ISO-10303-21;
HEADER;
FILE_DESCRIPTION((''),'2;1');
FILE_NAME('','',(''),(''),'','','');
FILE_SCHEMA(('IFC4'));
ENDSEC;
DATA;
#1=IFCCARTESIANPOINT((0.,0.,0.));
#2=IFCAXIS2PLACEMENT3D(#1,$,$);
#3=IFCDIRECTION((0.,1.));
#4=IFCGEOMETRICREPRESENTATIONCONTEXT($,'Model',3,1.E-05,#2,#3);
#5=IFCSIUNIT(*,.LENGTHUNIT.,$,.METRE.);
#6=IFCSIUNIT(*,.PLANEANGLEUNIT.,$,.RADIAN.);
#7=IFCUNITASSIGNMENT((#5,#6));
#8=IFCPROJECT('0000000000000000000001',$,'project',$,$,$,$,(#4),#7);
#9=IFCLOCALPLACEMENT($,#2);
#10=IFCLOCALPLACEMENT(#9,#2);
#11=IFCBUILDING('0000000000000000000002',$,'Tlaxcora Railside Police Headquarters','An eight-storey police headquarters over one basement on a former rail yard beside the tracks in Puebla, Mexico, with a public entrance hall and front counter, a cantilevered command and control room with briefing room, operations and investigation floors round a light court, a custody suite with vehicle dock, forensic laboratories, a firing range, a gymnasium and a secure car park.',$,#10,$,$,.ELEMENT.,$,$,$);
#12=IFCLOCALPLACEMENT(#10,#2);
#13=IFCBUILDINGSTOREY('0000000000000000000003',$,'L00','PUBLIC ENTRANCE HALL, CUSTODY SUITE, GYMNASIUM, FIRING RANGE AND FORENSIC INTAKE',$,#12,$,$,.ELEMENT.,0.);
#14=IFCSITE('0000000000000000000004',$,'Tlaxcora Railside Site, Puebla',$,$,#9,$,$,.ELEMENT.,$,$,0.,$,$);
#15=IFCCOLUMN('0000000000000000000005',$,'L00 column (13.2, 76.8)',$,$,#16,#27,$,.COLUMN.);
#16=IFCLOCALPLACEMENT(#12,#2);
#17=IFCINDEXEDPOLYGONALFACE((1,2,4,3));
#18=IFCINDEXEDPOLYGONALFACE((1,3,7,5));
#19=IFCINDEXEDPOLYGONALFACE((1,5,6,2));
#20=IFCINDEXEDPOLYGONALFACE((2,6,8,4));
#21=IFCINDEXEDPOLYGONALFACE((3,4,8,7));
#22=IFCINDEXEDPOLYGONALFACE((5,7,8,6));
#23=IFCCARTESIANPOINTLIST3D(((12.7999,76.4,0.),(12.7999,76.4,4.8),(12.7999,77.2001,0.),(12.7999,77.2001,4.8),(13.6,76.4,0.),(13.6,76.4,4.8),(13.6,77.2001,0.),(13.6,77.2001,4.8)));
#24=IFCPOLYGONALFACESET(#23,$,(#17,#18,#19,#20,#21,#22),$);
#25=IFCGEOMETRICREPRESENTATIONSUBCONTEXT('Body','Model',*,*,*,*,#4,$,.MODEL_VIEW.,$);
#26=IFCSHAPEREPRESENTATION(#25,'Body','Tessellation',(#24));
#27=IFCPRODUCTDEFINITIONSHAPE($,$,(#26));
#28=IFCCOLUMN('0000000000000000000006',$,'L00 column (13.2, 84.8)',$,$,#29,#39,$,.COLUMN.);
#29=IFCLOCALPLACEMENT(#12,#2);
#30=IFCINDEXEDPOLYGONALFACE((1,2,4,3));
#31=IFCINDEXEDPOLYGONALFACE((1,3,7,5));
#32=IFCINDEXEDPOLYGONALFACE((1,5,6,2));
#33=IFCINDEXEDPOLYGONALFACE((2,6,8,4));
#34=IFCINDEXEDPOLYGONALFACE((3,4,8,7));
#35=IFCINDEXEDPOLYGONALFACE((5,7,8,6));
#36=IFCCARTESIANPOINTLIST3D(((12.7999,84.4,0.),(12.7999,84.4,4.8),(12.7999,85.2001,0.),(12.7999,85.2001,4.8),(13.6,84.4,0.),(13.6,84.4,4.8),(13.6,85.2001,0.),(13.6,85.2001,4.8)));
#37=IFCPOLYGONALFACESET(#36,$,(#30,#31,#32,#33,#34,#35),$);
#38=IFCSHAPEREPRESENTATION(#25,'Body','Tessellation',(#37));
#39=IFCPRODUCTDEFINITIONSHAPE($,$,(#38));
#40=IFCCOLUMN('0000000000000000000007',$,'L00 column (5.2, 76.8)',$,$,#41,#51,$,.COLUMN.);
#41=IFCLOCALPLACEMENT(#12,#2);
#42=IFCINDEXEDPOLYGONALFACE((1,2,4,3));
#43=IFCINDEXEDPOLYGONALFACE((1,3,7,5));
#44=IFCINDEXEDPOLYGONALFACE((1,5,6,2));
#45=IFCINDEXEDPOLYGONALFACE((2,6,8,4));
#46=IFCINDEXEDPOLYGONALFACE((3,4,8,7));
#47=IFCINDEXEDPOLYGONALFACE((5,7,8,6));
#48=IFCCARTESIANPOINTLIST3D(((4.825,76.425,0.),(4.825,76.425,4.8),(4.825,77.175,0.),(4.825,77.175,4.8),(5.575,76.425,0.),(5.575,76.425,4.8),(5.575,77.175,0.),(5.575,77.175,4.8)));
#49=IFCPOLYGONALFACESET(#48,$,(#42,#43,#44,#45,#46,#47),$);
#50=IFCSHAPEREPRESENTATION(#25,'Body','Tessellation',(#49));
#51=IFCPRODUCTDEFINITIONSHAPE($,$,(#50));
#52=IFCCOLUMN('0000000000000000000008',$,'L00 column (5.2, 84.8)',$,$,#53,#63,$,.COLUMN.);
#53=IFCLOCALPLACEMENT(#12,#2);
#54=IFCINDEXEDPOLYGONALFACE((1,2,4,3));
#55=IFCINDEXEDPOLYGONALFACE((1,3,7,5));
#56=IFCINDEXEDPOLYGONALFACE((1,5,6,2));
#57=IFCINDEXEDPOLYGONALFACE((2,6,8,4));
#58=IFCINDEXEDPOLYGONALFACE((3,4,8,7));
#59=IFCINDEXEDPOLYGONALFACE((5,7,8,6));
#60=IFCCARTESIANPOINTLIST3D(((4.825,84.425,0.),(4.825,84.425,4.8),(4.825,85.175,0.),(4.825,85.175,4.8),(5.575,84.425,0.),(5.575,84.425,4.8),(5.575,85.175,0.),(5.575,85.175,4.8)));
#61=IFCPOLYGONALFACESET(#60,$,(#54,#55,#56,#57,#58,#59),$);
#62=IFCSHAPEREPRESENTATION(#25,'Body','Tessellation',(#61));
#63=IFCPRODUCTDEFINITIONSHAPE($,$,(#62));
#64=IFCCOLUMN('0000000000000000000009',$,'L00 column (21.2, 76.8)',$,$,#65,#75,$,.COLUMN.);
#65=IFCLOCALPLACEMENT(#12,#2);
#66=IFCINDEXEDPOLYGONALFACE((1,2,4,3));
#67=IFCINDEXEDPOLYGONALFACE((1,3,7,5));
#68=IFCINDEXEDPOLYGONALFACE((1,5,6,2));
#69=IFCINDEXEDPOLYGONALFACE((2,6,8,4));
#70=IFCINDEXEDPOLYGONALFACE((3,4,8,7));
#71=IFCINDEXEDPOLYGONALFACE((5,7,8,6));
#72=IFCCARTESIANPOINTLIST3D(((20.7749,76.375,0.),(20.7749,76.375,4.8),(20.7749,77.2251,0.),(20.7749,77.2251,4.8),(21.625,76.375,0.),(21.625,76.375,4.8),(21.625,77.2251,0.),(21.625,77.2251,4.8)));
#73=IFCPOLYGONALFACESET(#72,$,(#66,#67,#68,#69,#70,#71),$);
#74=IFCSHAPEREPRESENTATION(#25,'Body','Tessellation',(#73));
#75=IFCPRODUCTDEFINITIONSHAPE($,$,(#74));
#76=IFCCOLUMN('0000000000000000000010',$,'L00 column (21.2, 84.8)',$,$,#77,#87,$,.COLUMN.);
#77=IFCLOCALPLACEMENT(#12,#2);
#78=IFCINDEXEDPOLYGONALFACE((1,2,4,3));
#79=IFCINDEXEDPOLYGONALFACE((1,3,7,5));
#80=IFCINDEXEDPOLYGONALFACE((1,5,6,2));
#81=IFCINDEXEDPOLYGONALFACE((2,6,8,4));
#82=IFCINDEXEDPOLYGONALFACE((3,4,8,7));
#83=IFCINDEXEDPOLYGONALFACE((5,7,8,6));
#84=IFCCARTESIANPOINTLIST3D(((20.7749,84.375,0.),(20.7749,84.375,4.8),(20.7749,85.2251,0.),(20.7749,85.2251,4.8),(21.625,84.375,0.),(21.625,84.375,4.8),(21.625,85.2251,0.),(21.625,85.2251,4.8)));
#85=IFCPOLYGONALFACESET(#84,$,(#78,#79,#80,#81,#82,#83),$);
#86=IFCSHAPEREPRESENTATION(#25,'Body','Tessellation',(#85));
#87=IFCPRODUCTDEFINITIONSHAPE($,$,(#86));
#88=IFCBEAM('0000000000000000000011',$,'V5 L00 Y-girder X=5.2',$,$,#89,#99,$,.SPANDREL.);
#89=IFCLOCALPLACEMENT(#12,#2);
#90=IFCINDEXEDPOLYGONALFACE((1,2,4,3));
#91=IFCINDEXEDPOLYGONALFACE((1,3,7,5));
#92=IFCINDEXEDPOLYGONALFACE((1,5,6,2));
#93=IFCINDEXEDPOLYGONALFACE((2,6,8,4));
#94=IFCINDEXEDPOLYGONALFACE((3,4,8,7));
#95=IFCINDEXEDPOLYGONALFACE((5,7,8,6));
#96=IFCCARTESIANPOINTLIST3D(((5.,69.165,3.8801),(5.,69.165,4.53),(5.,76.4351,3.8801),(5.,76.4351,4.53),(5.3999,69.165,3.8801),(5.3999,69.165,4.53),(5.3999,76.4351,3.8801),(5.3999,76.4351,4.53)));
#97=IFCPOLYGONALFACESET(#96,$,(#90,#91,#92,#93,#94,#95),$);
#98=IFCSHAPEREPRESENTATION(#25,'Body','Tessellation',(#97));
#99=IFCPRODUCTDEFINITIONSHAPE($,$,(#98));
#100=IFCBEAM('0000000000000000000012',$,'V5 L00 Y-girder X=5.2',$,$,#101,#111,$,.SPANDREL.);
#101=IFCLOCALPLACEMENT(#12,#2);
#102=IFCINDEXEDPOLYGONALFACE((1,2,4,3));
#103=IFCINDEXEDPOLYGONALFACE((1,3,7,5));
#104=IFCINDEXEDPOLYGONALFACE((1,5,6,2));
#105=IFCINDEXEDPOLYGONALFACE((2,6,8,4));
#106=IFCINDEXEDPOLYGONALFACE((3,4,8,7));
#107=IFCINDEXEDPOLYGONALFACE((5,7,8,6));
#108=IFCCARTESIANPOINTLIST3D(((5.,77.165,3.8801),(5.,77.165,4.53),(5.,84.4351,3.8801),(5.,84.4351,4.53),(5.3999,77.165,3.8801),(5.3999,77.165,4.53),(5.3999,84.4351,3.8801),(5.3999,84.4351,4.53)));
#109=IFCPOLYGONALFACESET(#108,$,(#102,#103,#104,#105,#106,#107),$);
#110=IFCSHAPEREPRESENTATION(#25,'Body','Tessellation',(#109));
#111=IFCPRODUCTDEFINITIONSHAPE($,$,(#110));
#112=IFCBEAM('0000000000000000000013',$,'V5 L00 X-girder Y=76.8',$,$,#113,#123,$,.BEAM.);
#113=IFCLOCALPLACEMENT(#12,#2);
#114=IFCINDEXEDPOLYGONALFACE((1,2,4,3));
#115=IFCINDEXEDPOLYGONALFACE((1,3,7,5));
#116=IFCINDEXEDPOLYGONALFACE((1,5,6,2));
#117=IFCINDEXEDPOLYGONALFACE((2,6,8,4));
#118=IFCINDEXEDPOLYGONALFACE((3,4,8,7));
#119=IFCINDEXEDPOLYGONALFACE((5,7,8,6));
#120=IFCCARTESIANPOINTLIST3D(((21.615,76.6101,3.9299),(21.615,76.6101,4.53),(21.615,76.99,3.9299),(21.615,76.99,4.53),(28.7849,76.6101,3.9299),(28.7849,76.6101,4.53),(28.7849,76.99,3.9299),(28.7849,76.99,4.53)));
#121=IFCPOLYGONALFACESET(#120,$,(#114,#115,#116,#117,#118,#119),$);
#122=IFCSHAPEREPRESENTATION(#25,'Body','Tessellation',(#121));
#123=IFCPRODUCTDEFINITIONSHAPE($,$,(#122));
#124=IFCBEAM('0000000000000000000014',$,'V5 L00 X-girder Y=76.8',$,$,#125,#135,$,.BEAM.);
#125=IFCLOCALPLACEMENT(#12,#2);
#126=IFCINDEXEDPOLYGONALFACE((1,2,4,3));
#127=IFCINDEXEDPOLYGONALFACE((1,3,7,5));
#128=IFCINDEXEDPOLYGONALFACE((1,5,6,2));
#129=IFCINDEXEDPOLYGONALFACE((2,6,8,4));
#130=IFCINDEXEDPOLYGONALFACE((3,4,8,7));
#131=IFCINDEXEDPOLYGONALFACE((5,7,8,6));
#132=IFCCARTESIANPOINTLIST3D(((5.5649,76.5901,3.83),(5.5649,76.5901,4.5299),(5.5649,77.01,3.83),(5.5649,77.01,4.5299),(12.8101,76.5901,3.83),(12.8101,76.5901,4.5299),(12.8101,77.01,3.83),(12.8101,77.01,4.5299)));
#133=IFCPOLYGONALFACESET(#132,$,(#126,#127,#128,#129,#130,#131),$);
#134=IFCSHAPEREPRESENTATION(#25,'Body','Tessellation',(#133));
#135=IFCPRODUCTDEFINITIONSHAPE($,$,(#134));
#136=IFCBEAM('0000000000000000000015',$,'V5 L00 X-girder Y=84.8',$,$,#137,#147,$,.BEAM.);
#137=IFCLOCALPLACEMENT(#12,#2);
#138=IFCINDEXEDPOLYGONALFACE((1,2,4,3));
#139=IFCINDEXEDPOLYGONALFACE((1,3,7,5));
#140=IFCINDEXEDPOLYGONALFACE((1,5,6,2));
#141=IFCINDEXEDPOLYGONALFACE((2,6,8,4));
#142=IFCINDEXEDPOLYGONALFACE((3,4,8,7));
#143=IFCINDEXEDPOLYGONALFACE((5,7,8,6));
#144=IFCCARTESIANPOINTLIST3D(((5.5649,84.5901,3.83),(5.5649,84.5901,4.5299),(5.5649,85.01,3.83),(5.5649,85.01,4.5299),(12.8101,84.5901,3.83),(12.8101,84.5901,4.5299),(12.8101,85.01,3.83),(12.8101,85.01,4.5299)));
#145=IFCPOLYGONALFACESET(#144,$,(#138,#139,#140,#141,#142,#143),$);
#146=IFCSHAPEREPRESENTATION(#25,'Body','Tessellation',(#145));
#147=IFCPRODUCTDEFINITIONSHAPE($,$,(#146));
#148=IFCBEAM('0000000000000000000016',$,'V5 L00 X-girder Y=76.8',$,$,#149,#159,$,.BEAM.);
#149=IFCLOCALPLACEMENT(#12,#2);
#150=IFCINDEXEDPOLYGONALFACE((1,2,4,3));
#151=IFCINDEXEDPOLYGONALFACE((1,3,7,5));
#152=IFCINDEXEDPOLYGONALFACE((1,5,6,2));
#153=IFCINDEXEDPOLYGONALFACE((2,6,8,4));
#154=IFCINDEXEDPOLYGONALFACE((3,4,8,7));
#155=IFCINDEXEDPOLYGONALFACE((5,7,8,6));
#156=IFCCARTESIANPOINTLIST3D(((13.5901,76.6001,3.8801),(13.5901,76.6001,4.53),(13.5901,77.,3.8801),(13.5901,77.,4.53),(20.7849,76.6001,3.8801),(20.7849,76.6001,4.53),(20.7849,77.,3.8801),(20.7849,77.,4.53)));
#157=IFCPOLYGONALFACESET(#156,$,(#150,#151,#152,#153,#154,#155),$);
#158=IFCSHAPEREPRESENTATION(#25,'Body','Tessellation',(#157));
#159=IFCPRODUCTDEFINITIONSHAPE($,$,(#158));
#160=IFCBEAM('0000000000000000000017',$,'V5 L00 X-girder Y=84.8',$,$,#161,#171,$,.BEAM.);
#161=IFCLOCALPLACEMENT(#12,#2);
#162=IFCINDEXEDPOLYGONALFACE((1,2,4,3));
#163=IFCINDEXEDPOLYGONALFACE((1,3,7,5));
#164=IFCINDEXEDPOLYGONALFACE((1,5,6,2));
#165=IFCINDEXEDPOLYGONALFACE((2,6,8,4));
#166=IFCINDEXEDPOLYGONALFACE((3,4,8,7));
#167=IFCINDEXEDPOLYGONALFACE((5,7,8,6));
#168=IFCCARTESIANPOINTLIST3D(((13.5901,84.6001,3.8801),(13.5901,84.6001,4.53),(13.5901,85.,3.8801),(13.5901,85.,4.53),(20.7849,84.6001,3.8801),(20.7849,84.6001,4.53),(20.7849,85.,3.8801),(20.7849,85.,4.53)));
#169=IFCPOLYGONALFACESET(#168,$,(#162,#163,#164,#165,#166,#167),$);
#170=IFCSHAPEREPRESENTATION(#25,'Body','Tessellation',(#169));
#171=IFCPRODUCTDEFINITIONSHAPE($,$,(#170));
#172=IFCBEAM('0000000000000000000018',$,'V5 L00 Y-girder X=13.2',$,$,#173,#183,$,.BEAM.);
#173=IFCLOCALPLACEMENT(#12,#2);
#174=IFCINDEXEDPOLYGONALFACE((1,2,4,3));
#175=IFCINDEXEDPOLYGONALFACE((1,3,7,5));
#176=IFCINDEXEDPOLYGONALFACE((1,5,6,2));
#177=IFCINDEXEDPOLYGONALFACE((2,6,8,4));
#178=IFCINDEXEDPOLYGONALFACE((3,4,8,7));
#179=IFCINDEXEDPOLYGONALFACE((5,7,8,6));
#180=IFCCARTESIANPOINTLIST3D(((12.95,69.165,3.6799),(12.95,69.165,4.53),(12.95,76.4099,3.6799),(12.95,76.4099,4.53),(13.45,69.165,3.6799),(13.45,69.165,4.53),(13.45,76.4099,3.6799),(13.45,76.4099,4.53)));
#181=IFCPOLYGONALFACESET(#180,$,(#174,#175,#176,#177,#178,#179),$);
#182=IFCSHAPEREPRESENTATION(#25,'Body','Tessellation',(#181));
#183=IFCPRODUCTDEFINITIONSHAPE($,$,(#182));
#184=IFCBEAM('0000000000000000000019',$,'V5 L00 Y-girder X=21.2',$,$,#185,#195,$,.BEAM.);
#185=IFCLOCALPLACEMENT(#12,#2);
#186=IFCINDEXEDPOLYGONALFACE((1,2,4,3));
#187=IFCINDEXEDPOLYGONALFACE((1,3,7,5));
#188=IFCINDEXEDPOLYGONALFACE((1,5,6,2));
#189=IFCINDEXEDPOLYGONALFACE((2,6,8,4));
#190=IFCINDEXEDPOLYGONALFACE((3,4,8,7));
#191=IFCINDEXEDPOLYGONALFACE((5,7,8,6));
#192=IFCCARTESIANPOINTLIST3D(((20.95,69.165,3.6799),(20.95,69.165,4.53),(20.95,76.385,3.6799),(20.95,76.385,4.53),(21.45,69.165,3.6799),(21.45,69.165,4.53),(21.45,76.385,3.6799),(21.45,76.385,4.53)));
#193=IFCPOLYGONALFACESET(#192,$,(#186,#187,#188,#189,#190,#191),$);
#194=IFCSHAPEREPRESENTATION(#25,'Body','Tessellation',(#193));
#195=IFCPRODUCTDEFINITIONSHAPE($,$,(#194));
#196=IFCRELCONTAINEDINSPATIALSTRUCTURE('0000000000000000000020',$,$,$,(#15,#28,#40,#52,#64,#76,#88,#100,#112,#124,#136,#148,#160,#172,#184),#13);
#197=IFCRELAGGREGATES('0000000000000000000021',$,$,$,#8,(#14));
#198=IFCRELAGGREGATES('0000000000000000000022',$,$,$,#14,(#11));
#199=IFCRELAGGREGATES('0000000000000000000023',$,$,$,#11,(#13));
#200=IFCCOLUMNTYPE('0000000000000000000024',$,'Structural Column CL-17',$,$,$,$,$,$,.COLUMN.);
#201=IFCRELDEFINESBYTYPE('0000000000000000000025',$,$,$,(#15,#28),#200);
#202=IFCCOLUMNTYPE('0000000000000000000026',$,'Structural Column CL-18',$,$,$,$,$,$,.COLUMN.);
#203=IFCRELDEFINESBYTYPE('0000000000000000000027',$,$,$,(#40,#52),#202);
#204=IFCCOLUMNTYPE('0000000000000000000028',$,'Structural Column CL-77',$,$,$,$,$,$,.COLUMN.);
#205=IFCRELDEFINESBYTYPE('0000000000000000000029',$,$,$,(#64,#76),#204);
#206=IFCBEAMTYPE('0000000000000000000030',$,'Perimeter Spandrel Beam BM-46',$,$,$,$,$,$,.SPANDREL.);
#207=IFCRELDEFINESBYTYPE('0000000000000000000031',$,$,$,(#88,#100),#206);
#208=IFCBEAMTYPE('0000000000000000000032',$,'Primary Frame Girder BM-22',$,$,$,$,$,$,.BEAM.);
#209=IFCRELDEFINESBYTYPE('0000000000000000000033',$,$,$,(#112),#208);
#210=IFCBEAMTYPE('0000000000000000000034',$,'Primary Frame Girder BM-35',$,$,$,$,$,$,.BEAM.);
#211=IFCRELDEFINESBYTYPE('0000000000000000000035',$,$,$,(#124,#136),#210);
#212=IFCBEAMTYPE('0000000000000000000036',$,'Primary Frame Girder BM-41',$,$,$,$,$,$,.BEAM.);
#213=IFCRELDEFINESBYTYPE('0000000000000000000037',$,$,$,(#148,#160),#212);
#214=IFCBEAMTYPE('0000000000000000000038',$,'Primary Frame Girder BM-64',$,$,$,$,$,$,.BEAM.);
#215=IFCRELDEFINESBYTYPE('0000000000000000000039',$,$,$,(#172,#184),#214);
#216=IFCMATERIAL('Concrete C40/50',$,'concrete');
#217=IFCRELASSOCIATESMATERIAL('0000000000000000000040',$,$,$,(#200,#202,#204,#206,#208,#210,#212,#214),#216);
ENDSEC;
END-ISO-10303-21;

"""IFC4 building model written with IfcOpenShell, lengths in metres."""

from ifc_helpers import new_model, si_unit, direction, frame, origin, origin_2d, place, context, subcontext, project, spatial, rectangle, extrude, material, material_profile, profile_set, type_object, element, save


model = new_model("IFC4")

# Units and contexts
model_context = context("Model", 3, precision=1e-05, world=origin(), true_north=direction((0.0, 1.0)))
body_context = subcontext(model_context, "Body", "Model", "MODEL_VIEW")
ifc_project = project(units=[si_unit("LENGTHUNIT", "METRE"), si_unit("PLANEANGLEUNIT", "RADIAN")], contexts=[model_context])

# Site, building, storey
site_placement = place(None, origin())
site = spatial("IfcSite", under=ifc_project, at=site_placement, Name="Tlaxcora Railside Site, Puebla", CompositionType="ELEMENT", RefElevation=0.0)
building_placement = place(site_placement, origin())
building = spatial("IfcBuilding", under=site, at=building_placement, Name="Tlaxcora Railside Police Headquarters", Description="An eight-storey police headquarters over one basement on a former rail yard beside the tracks in Puebla, Mexico, with a public entrance hall and front counter, a cantilevered command and control room with briefing room, operations and investigation floors round a light court, a custody suite with vehicle dock, forensic laboratories, a firing range, a gymnasium and a secure car park.", CompositionType="ELEMENT")
storey_placement = place(building_placement, origin())
storey = spatial("IfcBuildingStorey", under=building, at=storey_placement, Name="L00", Description="PUBLIC ENTRANCE HALL, CUSTODY SUITE, GYMNASIUM, FIRING RANGE AND FORENSIC INTAKE", CompositionType="ELEMENT", Elevation=0.0)

# Columns
ifc_material_1 = material(Name="Concrete C40/50", Category="concrete")
ifc_material_profile_1 = material_profile(ifc_material_1, rectangle(XDim=0.8, YDim=0.8, at=origin_2d()), Name="RC800X800")
ifc_profile_set_1 = profile_set([ifc_material_profile_1], Name="Concrete C40/50")
column_type_1 = type_object("IfcColumnType", Name="Structural Column CL-17", PredefinedType="COLUMN", material=ifc_profile_set_1)
for number, where, z_axis, x_axis, name in (
    (1, (13.2, 76.8, 0.0), (0.0, 0.0, 1.0), (1.0, 0.0, 0.0), "L00 column (13.2, 76.8)"),
    (2, (13.2, 84.8, 0.0), (0.0, 0.0, 1.0), (1.0, 0.0, 0.0), "L00 column (13.2, 84.8)"),
):
    element("IfcColumn", number, at=place(storey_placement, frame(where, z_axis=z_axis, x_axis=x_axis)), inside=storey, type_object=column_type_1, Name=name, PredefinedType="COLUMN", context=body_context, shape_type="SweptSolid", body=[
        extrude(rectangle(XDim=0.8, YDim=0.8, at=origin_2d()), origin(), (0.0, 0.0, 1.0), 4.8),
    ])
ifc_material_profile_2 = material_profile(ifc_material_1, rectangle(XDim=0.75, YDim=0.75, at=origin_2d()), Name="RC750X750")
ifc_profile_set_2 = profile_set([ifc_material_profile_2], Name="Concrete C40/50")
column_type_2 = type_object("IfcColumnType", Name="Structural Column CL-18", PredefinedType="COLUMN", material=ifc_profile_set_2)
for number, where, z_axis, x_axis, name in (
    (3, (5.2, 76.8, 0.0), (0.0, 0.0, 1.0), (1.0, 0.0, 0.0), "L00 column (5.2, 76.8)"),
    (4, (5.2, 84.8, 0.0), (0.0, 0.0, 1.0), (1.0, 0.0, 0.0), "L00 column (5.2, 84.8)"),
):
    element("IfcColumn", number, at=place(storey_placement, frame(where, z_axis=z_axis, x_axis=x_axis)), inside=storey, type_object=column_type_2, Name=name, PredefinedType="COLUMN", context=body_context, shape_type="SweptSolid", body=[
        extrude(rectangle(XDim=0.75, YDim=0.75, at=origin_2d()), origin(), (0.0, 0.0, 1.0), 4.8),
    ])
ifc_material_profile_3 = material_profile(ifc_material_1, rectangle(XDim=0.8501, YDim=0.8501, at=origin_2d()), Name="RC850X850")
ifc_profile_set_3 = profile_set([ifc_material_profile_3], Name="Concrete C40/50")
column_type_3 = type_object("IfcColumnType", Name="Structural Column CL-77", PredefinedType="COLUMN", material=ifc_profile_set_3)
for number, where, z_axis, x_axis, name in (
    (5, (21.2, 76.8, 0.0), (0.0, 0.0, 1.0), (1.0, 0.0, 0.0), "L00 column (21.2, 76.8)"),
    (6, (21.2, 84.8, 0.0), (0.0, 0.0, 1.0), (1.0, 0.0, 0.0), "L00 column (21.2, 84.8)"),
):
    element("IfcColumn", number, at=place(storey_placement, frame(where, z_axis=z_axis, x_axis=x_axis)), inside=storey, type_object=column_type_3, Name=name, PredefinedType="COLUMN", context=body_context, shape_type="SweptSolid", body=[
        extrude(rectangle(XDim=0.8501, YDim=0.8501, at=origin_2d()), origin(), (0.0, 0.0, 1.0), 4.8),
    ])

# Beams
ifc_material_profile_4 = material_profile(ifc_material_1, rectangle(XDim=0.3999, YDim=0.6499, at=origin_2d()), Name="RC400X650")
ifc_profile_set_4 = profile_set([ifc_material_profile_4], Name="Concrete C40/50")
beam_type_1 = type_object("IfcBeamType", Name="Perimeter Spandrel Beam BM-46", PredefinedType="SPANDREL", material=ifc_profile_set_4)
for number, where, z_axis, x_axis, name in (
    (7, (5.2, 69.165, 4.2051), (0.0, 1.0, 0.0), (-1.0, 0.0, 0.0), "V5 L00 Y-girder X=5.2"),
    (8, (5.2, 77.165, 4.2051), (0.0, 1.0, 0.0), (-1.0, 0.0, 0.0), "V5 L00 Y-girder X=5.2"),
):
    element("IfcBeam", number, at=place(storey_placement, frame(where, z_axis=z_axis, x_axis=x_axis)), inside=storey, type_object=beam_type_1, Name=name, PredefinedType="SPANDREL", context=body_context, shape_type="SweptSolid", body=[
        extrude(rectangle(XDim=0.3999, YDim=0.6499, at=origin_2d()), origin(), (0.0, 0.0, 1.0), 7.27),
    ])
ifc_material_profile_5 = material_profile(ifc_material_1, rectangle(XDim=0.3799, YDim=0.6001, at=origin_2d()), Name="RC380X600")
ifc_profile_set_5 = profile_set([ifc_material_profile_5], Name="Concrete C40/50")
beam_type_2 = type_object("IfcBeamType", Name="Primary Frame Girder BM-22", PredefinedType="BEAM", material=ifc_profile_set_5)
beam_1_placement = place(storey_placement, frame((21.615, 76.8, 4.23), z_axis=(1.0, 0.0, 0.0), x_axis=(0.0, 1.0, 0.0)))
element("IfcBeam", 9, at=beam_1_placement, inside=storey, type_object=beam_type_2, Name="V5 L00 X-girder Y=76.8", PredefinedType="BEAM", context=body_context, shape_type="SweptSolid", body=[
    extrude(rectangle(XDim=0.3799, YDim=0.6001, at=origin_2d()), origin(), (0.0, 0.0, 1.0), 7.1699),
])
ifc_material_profile_6 = material_profile(ifc_material_1, rectangle(XDim=0.4199, YDim=0.7, at=origin_2d()), Name="RC420X700")
ifc_profile_set_6 = profile_set([ifc_material_profile_6], Name="Concrete C40/50")
beam_type_3 = type_object("IfcBeamType", Name="Primary Frame Girder BM-35", PredefinedType="BEAM", material=ifc_profile_set_6)
for number, where, z_axis, x_axis, name in (
    (10, (5.5649, 76.8, 4.1799), (1.0, 0.0, 0.0), (0.0, 1.0, 0.0), "V5 L00 X-girder Y=76.8"),
    (11, (5.5649, 84.8, 4.1799), (1.0, 0.0, 0.0), (0.0, 1.0, 0.0), "V5 L00 X-girder Y=84.8"),
):
    element("IfcBeam", number, at=place(storey_placement, frame(where, z_axis=z_axis, x_axis=x_axis)), inside=storey, type_object=beam_type_3, Name=name, PredefinedType="BEAM", context=body_context, shape_type="SweptSolid", body=[
        extrude(rectangle(XDim=0.4199, YDim=0.7, at=origin_2d()), origin(), (0.0, 0.0, 1.0), 7.2451),
    ])
ifc_material_profile_7 = material_profile(ifc_material_1, rectangle(XDim=0.3999, YDim=0.6499, at=origin_2d()), Name="RC400X650")
ifc_profile_set_7 = profile_set([ifc_material_profile_7], Name="Concrete C40/50")
beam_type_4 = type_object("IfcBeamType", Name="Primary Frame Girder BM-41", PredefinedType="BEAM", material=ifc_profile_set_7)
for number, where, z_axis, x_axis, name in (
    (12, (13.5901, 76.8, 4.2051), (1.0, 0.0, 0.0), (0.0, 1.0, 0.0), "V5 L00 X-girder Y=76.8"),
    (13, (13.5901, 84.8, 4.2051), (1.0, 0.0, 0.0), (0.0, 1.0, 0.0), "V5 L00 X-girder Y=84.8"),
):
    element("IfcBeam", number, at=place(storey_placement, frame(where, z_axis=z_axis, x_axis=x_axis)), inside=storey, type_object=beam_type_4, Name=name, PredefinedType="BEAM", context=body_context, shape_type="SweptSolid", body=[
        extrude(rectangle(XDim=0.3999, YDim=0.6499, at=origin_2d()), origin(), (0.0, 0.0, 1.0), 7.1948),
    ])
ifc_material_profile_8 = material_profile(ifc_material_1, rectangle(XDim=0.5, YDim=0.8501, at=origin_2d()), Name="RC500X850")
ifc_profile_set_8 = profile_set([ifc_material_profile_8], Name="Concrete C40/50")
beam_type_5 = type_object("IfcBeamType", Name="Primary Frame Girder BM-64", PredefinedType="BEAM", material=ifc_profile_set_8)
beam_2_placement = place(storey_placement, frame((13.2, 69.165, 4.105), z_axis=(0.0, 1.0, 0.0), x_axis=(-1.0, 0.0, 0.0)))
element("IfcBeam", 14, at=beam_2_placement, inside=storey, type_object=beam_type_5, Name="V5 L00 Y-girder X=13.2", PredefinedType="BEAM", context=body_context, shape_type="SweptSolid", body=[
    extrude(rectangle(XDim=0.5, YDim=0.8501, at=origin_2d()), origin(), (0.0, 0.0, 1.0), 7.2449),
])
beam_3_placement = place(storey_placement, frame((21.2, 69.165, 4.105), z_axis=(0.0, 1.0, 0.0), x_axis=(-1.0, 0.0, 0.0)))
element("IfcBeam", 15, at=beam_3_placement, inside=storey, type_object=beam_type_5, Name="V5 L00 Y-girder X=21.2", PredefinedType="BEAM", context=body_context, shape_type="SweptSolid", body=[
    extrude(rectangle(XDim=0.5, YDim=0.8501, at=origin_2d()), origin(), (0.0, 0.0, 1.0), 7.22),
])

save(model, "model.ifc")
